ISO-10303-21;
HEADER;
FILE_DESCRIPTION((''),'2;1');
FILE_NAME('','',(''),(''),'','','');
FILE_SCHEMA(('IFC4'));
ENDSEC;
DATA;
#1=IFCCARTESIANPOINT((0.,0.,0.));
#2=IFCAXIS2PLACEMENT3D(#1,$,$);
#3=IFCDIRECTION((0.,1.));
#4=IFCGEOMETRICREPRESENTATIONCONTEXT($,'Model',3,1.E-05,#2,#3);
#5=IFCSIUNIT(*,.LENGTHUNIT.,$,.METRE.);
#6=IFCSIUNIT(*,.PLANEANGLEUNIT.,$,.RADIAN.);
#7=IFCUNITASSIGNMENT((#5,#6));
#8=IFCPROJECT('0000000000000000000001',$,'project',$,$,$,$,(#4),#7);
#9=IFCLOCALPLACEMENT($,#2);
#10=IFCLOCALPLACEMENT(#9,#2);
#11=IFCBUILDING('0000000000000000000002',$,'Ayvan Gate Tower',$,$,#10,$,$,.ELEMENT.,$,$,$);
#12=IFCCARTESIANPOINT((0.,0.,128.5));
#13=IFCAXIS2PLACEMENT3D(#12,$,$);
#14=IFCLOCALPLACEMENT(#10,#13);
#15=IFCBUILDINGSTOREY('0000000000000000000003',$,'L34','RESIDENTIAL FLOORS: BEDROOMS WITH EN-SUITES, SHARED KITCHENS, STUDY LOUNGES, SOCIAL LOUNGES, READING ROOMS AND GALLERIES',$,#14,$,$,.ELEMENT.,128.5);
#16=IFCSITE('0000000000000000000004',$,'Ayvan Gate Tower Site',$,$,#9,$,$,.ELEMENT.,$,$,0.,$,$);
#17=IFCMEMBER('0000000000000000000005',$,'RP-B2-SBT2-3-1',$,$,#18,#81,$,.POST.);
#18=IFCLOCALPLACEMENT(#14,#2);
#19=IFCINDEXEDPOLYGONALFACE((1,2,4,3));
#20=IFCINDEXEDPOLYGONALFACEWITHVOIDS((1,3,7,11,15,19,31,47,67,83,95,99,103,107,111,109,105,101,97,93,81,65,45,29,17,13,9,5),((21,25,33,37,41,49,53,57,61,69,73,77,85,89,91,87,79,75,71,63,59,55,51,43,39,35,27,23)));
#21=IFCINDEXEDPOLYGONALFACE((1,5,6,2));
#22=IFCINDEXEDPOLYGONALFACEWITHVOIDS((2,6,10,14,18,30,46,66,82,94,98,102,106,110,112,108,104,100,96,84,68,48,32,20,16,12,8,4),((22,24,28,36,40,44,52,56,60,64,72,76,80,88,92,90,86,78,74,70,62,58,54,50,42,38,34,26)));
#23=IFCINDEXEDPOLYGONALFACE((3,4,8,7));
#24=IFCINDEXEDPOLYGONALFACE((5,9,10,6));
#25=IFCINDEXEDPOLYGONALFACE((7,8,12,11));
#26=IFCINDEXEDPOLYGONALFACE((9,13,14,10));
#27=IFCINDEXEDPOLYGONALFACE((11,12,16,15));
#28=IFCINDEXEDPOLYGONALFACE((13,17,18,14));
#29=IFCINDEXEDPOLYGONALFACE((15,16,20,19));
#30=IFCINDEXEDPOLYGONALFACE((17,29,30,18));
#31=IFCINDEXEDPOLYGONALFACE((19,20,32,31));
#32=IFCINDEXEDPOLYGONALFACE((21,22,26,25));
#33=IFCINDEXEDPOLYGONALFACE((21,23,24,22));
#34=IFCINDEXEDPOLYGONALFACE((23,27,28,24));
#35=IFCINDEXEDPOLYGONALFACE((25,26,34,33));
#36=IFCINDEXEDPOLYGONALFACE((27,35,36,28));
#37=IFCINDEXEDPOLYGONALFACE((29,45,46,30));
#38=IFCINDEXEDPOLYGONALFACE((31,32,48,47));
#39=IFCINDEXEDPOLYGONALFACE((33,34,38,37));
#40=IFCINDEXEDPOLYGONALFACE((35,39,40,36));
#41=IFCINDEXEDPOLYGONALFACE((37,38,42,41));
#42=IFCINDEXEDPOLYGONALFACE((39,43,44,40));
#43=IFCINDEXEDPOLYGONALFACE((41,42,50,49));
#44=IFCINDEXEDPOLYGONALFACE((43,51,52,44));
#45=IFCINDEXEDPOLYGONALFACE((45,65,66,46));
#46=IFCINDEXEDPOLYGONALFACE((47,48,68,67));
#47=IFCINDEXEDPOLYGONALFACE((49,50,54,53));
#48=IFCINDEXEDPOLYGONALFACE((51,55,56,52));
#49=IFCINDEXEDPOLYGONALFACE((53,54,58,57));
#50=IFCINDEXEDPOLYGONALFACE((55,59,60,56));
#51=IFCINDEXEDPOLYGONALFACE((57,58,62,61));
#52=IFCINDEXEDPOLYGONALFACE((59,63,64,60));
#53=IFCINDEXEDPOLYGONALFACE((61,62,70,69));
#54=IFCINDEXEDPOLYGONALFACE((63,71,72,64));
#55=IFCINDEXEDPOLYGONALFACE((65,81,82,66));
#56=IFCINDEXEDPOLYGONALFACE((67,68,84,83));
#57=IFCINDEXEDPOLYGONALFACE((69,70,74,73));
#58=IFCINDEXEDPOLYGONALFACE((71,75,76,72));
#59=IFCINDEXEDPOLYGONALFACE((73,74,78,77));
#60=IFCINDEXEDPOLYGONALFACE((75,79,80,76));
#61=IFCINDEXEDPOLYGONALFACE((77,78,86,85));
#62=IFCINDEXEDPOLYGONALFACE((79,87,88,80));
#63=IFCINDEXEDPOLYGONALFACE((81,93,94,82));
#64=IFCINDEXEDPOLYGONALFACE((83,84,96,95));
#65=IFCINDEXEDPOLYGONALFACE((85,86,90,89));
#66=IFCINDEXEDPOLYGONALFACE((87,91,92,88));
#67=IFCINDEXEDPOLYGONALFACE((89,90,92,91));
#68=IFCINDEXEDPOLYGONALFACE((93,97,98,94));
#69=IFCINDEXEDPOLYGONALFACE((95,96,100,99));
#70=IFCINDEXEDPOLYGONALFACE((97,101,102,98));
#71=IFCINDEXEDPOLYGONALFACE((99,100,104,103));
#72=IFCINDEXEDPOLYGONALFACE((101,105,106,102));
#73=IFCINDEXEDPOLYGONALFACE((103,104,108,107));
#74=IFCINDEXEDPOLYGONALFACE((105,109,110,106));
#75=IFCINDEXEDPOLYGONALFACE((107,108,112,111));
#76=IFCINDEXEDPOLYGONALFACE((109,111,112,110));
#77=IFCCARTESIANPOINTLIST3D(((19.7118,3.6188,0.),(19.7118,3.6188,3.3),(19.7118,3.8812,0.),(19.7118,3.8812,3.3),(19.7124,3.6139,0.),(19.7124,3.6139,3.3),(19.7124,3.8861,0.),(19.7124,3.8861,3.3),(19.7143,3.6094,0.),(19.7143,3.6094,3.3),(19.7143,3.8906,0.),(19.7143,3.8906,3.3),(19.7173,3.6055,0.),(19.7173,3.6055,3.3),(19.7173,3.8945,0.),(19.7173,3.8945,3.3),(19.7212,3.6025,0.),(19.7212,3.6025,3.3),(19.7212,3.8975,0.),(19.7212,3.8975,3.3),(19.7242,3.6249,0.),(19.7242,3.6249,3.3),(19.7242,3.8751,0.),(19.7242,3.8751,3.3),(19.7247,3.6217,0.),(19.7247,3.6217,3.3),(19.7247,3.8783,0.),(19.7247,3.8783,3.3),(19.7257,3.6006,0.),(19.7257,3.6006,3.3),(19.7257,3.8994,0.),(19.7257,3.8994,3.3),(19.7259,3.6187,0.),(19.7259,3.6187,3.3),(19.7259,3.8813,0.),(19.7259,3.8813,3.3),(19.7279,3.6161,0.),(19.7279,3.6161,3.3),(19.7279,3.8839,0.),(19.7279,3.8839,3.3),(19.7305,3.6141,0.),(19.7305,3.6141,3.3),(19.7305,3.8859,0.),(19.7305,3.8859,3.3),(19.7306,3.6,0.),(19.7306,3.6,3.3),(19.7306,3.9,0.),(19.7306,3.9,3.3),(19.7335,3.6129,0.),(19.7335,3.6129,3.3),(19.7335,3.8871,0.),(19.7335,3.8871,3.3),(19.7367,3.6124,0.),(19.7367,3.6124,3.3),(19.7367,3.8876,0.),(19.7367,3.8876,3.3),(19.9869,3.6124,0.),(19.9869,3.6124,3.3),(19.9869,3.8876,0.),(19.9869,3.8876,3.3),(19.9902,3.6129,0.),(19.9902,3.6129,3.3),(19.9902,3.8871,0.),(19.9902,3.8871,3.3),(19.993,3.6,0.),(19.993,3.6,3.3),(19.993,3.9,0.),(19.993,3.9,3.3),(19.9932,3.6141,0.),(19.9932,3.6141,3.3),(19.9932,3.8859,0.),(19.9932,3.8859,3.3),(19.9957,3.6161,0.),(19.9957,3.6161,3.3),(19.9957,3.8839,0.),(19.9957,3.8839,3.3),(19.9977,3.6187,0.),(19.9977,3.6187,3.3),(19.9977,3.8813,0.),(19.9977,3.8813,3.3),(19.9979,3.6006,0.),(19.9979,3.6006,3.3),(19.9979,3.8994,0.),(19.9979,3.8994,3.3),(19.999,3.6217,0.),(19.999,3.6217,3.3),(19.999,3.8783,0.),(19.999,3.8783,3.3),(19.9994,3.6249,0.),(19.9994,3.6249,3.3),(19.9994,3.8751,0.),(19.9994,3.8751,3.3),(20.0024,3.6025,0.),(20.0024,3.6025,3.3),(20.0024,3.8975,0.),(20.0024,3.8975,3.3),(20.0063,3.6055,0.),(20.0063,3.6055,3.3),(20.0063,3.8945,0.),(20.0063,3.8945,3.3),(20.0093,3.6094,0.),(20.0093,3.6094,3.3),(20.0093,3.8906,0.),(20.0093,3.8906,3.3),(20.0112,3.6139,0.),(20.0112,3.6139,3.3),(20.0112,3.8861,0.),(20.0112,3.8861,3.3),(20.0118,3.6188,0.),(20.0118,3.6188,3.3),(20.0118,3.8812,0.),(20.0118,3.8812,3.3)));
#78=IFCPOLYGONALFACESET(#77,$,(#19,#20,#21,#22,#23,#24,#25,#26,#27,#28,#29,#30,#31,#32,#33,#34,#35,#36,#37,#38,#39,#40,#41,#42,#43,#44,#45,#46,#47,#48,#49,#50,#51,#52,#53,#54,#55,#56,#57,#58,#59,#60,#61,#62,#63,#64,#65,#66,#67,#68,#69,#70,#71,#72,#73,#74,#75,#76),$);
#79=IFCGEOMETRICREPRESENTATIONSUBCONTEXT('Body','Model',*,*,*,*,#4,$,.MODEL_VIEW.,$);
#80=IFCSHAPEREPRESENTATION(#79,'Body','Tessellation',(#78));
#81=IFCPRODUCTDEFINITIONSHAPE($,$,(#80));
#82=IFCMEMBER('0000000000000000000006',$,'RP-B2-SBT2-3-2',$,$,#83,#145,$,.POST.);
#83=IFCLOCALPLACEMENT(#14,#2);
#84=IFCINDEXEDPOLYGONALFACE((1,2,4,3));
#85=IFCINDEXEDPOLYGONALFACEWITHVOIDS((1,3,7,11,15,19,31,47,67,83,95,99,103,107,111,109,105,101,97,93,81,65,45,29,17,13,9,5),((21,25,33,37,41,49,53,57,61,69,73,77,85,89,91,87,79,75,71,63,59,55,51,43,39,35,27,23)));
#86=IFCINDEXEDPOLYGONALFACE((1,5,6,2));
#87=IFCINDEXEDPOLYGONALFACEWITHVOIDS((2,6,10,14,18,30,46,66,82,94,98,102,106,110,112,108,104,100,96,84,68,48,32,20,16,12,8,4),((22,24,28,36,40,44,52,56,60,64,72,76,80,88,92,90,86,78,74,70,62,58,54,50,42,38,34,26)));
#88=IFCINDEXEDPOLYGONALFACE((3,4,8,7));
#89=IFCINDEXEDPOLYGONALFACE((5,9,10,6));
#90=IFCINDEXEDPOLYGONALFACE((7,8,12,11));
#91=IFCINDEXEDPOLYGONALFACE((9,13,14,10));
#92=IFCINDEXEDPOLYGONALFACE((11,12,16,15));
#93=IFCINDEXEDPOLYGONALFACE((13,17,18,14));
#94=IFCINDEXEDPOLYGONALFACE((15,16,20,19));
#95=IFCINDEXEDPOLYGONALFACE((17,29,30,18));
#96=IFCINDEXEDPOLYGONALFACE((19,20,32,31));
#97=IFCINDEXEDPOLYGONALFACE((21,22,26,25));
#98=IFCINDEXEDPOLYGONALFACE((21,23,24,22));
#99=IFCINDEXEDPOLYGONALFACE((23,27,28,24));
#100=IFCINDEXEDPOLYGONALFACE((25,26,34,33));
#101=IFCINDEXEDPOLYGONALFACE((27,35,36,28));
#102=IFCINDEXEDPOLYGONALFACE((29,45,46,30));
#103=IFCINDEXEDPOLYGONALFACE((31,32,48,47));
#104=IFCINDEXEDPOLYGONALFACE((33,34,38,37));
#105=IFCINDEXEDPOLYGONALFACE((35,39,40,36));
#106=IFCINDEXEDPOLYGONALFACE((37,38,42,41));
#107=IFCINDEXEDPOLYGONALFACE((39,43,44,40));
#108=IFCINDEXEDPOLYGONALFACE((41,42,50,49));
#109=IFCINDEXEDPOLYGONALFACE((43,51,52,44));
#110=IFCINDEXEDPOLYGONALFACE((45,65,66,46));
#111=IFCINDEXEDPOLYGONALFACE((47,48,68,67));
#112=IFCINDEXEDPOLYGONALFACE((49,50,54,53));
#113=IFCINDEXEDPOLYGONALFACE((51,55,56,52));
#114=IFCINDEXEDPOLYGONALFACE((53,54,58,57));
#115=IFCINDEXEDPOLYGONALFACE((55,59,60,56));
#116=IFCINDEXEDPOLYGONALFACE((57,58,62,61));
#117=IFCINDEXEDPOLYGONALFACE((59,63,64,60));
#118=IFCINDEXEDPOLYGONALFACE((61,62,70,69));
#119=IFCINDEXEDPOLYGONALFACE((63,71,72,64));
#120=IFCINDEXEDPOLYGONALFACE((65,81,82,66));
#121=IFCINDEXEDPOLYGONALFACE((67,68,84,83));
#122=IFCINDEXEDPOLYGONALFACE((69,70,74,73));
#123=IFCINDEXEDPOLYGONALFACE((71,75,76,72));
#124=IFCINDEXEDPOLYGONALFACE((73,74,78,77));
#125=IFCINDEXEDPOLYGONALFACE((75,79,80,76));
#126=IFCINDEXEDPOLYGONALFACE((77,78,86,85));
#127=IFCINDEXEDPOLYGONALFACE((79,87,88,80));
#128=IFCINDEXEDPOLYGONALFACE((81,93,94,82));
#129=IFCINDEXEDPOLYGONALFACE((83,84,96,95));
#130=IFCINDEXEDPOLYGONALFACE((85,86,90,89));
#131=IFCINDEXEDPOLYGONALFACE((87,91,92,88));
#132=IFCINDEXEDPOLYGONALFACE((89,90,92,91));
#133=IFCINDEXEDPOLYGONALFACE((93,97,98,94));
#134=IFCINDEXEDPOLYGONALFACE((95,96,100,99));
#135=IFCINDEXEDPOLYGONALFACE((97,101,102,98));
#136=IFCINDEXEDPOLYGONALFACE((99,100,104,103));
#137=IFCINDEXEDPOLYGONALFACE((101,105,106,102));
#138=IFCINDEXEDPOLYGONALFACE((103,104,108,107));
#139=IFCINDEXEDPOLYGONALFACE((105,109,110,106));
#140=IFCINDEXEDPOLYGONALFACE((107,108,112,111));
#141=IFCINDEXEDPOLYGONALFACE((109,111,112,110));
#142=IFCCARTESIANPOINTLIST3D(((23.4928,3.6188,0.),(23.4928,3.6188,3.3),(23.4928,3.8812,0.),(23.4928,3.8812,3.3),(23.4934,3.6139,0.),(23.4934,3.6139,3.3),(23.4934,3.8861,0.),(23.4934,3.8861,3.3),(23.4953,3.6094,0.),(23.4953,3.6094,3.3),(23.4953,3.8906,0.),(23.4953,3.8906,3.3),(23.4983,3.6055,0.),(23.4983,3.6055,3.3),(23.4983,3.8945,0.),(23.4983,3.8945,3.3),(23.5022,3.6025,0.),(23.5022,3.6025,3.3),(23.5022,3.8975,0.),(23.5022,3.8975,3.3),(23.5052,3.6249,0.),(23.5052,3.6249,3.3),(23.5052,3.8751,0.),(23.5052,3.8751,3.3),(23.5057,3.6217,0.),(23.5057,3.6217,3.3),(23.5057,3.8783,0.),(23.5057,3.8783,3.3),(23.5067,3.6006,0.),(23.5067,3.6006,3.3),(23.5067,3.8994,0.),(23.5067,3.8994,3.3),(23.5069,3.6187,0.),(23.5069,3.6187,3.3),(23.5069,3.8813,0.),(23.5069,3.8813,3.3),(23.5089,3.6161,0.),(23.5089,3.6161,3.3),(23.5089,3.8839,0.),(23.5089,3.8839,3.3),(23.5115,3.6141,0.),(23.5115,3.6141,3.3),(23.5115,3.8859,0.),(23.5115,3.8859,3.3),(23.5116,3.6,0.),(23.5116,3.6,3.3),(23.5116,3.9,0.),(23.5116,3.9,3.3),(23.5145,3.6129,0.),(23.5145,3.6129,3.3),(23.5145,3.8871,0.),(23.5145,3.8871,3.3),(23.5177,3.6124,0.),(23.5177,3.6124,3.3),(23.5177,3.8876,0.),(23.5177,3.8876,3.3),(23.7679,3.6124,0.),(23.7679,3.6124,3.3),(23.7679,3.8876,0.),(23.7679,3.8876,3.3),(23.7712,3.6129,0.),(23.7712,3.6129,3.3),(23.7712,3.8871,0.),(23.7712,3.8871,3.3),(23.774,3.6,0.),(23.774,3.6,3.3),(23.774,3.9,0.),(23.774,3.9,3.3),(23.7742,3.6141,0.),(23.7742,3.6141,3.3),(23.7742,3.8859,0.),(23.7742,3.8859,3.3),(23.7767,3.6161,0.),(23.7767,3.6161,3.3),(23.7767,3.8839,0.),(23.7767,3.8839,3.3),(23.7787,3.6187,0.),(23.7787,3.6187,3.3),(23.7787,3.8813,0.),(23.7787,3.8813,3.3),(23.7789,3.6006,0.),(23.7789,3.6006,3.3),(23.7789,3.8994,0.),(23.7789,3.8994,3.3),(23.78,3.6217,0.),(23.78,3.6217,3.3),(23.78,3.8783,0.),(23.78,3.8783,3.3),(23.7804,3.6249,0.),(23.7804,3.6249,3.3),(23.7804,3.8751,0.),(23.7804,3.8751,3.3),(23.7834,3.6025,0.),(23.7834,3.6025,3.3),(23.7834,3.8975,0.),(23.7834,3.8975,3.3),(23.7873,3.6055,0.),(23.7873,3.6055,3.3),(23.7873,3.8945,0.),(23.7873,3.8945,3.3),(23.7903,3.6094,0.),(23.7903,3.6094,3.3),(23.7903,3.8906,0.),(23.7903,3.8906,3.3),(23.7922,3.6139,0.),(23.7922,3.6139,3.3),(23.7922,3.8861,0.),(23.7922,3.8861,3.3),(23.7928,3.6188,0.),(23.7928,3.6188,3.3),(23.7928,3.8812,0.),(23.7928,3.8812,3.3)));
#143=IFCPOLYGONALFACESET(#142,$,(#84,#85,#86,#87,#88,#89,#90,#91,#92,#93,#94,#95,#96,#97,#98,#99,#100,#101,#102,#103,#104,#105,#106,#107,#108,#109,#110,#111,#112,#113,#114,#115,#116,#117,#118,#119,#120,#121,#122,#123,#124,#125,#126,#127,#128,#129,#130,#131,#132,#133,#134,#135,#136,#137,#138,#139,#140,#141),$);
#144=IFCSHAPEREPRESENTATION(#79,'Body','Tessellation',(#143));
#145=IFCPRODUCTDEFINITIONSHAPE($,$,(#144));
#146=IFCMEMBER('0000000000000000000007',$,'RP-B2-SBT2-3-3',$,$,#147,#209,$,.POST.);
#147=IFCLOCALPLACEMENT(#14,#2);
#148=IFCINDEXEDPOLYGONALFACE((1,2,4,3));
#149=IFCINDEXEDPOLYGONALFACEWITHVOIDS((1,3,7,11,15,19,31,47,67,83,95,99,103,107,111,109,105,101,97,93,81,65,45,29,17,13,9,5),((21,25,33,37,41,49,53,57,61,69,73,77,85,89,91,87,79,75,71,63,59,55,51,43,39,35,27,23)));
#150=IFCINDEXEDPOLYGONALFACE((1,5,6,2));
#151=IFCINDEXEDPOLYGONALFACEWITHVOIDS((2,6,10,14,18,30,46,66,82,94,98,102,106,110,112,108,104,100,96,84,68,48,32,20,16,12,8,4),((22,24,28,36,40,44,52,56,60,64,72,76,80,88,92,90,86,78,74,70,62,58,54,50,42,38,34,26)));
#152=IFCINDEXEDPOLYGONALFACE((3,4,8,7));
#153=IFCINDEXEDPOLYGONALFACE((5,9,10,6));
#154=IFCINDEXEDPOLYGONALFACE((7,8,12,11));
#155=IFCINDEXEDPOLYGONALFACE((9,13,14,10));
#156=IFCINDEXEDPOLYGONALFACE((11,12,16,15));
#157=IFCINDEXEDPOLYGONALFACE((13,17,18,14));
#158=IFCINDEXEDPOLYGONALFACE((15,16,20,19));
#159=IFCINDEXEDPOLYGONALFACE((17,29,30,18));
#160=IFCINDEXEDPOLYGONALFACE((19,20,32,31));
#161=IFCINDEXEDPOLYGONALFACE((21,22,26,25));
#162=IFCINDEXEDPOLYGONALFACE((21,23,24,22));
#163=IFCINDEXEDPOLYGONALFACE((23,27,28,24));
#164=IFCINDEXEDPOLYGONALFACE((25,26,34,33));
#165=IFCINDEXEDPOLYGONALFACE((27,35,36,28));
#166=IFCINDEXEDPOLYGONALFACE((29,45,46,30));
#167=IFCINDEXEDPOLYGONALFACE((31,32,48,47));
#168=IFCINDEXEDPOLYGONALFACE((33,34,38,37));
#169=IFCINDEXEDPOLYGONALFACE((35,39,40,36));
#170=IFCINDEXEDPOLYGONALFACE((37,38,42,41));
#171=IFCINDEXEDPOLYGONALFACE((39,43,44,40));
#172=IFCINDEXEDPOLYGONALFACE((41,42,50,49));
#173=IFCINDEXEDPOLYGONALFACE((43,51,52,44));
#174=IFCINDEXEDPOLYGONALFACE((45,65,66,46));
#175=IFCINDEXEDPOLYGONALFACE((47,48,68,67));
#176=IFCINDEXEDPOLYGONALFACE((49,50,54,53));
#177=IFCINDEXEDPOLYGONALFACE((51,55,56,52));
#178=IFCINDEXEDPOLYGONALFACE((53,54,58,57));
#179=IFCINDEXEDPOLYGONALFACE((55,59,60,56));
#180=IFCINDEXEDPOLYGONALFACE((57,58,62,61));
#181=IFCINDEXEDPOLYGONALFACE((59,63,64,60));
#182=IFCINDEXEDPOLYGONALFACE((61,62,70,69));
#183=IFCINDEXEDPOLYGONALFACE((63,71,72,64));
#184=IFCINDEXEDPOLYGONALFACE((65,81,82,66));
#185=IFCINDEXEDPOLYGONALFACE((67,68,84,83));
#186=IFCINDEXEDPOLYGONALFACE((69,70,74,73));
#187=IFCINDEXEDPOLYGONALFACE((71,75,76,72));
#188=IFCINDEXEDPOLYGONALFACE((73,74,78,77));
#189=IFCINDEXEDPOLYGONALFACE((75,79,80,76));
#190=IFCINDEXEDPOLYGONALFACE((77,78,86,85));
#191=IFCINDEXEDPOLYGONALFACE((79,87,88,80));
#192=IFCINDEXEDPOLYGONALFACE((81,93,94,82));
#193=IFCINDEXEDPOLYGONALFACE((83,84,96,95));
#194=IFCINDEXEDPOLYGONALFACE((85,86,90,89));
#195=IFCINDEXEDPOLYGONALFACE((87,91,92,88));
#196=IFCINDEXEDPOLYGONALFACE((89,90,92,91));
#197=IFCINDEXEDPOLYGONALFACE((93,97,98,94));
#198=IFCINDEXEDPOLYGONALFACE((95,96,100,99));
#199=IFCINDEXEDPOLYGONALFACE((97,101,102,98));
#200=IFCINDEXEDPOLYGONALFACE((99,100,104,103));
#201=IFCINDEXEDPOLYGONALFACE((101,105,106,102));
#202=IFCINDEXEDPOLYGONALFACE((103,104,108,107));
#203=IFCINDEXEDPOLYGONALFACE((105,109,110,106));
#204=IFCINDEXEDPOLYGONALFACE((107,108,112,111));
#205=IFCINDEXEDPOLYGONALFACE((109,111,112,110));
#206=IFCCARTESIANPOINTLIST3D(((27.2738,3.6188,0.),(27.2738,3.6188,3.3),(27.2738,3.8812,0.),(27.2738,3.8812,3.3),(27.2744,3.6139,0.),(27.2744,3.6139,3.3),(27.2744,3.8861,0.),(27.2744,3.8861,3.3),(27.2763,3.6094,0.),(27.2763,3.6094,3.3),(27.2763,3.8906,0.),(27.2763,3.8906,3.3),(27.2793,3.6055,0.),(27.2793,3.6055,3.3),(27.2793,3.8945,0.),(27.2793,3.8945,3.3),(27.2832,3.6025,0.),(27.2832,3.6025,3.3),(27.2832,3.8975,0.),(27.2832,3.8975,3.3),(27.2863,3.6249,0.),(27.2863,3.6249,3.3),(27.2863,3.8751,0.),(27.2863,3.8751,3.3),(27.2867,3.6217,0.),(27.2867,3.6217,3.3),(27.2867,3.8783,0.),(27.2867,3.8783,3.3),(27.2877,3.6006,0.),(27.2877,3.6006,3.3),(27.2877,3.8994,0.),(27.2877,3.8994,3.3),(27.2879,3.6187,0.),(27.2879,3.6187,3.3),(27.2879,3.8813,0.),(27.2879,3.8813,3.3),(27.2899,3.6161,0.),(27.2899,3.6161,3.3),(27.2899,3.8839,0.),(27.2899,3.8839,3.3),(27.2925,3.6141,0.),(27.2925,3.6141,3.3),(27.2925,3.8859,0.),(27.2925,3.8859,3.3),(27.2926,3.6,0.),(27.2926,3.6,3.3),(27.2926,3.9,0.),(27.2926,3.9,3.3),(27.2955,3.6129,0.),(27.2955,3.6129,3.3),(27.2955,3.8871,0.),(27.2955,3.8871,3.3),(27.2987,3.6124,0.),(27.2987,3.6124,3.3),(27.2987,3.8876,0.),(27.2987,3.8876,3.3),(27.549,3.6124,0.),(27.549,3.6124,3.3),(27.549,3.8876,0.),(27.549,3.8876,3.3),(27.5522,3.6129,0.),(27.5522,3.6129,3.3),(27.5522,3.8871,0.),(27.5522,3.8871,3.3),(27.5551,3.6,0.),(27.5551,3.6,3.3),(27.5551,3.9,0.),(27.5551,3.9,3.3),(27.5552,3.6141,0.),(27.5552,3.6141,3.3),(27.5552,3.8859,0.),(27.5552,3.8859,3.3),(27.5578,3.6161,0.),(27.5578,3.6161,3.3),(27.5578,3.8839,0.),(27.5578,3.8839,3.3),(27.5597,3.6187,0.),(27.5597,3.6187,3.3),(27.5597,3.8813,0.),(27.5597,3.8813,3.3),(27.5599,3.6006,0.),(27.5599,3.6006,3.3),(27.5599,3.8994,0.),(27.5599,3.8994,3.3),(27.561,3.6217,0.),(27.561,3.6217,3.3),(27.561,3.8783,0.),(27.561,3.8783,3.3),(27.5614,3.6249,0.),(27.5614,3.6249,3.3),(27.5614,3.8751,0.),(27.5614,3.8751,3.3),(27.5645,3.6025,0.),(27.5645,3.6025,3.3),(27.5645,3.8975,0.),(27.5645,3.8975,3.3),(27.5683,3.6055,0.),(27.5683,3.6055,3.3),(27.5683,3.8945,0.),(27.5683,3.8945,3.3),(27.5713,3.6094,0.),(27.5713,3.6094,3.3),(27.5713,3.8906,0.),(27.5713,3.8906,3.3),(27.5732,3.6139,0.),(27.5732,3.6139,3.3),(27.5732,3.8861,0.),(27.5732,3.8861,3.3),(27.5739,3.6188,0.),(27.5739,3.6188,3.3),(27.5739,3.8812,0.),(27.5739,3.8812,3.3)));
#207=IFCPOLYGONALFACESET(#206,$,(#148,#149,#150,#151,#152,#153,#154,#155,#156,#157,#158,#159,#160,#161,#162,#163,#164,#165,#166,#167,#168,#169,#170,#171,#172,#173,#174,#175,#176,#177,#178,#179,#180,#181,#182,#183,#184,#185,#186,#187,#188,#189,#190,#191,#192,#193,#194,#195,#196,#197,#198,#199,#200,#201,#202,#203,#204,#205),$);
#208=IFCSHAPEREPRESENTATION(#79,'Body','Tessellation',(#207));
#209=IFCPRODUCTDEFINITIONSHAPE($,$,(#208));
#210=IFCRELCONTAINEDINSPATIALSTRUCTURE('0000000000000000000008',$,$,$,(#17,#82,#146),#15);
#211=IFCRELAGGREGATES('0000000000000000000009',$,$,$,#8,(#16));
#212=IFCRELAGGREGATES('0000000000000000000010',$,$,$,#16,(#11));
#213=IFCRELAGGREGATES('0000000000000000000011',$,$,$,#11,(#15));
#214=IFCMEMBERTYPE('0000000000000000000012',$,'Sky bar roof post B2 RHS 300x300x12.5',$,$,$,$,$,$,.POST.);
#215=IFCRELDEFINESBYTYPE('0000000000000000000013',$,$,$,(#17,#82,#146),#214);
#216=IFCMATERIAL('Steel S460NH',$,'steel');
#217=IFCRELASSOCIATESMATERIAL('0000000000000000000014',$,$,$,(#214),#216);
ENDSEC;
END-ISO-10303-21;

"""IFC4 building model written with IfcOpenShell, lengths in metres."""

from ifc_helpers import new_model, si_unit, direction, frame, origin, origin_2d, place, context, subcontext, project, spatial, hollow_rectangle, extrude, material, material_profile, profile_set, type_object, element, save


model = new_model("IFC4")

# Units and contexts
model_context = context("Model", 3, precision=1e-05, world=origin(), true_north=direction((0.0, 1.0)))
body_context = subcontext(model_context, "Body", "Model", "MODEL_VIEW")
ifc_project = project(units=[si_unit("LENGTHUNIT", "METRE"), si_unit("PLANEANGLEUNIT", "RADIAN")], contexts=[model_context])

# Site, building, storey
site_placement = place(None, origin())
site = spatial("IfcSite", under=ifc_project, at=site_placement, Name="Ayvan Gate Tower Site", CompositionType="ELEMENT", RefElevation=0.0)
building_placement = place(site_placement, origin())
building = spatial("IfcBuilding", under=site, at=building_placement, Name="Ayvan Gate Tower", CompositionType="ELEMENT")
storey_placement = place(building_placement, frame((0.0, 0.0, 128.5)))
storey = spatial("IfcBuildingStorey", under=building, at=storey_placement, Name="L34", Description="RESIDENTIAL FLOORS: BEDROOMS WITH EN-SUITES, SHARED KITCHENS, STUDY LOUNGES, SOCIAL LOUNGES, READING ROOMS AND GALLERIES", CompositionType="ELEMENT", Elevation=128.5)

# Members
ifc_material_1 = material(Name="Steel S460NH", Category="steel")
ifc_material_profile_1 = material_profile(ifc_material_1, hollow_rectangle(XDim=0.3, YDim=0.3, WallThickness=0.0125, InnerFilletRadius=0.0125, OuterFilletRadius=0.0188, at=origin_2d()), Name="RHS 300x300x12.5")
ifc_profile_set_1 = profile_set([ifc_material_profile_1], Name="Steel S460NH")
member_type_1 = type_object("IfcMemberType", Name="Sky bar roof post B2 RHS 300x300x12.5", PredefinedType="POST", material=ifc_profile_set_1)
for number, where, z_axis, x_axis, name in (
    (1, (19.8618, 3.75, 0.0), (0.0, 0.0, 1.0), (1.0, 0.0, 0.0), "RP-B2-SBT2-3-1"),
    (2, (23.6428, 3.75, 0.0), (0.0, 0.0, 1.0), (1.0, 0.0, 0.0), "RP-B2-SBT2-3-2"),
    (3, (27.4238, 3.75, 0.0), (0.0, 0.0, 1.0), (1.0, 0.0, 0.0), "RP-B2-SBT2-3-3"),
):
    element("IfcMember", number, at=place(storey_placement, frame(where, z_axis=z_axis, x_axis=x_axis)), inside=storey, type_object=member_type_1, Name=name, PredefinedType="POST", context=body_context, shape_type="SweptSolid", body=[
        extrude(hollow_rectangle(XDim=0.3, YDim=0.3, WallThickness=0.0125, InnerFilletRadius=0.0125, OuterFilletRadius=0.0188, at=origin_2d()), origin(), (0.0, 0.0, 1.0), 3.3),
    ])

save(model, "model.ifc")
